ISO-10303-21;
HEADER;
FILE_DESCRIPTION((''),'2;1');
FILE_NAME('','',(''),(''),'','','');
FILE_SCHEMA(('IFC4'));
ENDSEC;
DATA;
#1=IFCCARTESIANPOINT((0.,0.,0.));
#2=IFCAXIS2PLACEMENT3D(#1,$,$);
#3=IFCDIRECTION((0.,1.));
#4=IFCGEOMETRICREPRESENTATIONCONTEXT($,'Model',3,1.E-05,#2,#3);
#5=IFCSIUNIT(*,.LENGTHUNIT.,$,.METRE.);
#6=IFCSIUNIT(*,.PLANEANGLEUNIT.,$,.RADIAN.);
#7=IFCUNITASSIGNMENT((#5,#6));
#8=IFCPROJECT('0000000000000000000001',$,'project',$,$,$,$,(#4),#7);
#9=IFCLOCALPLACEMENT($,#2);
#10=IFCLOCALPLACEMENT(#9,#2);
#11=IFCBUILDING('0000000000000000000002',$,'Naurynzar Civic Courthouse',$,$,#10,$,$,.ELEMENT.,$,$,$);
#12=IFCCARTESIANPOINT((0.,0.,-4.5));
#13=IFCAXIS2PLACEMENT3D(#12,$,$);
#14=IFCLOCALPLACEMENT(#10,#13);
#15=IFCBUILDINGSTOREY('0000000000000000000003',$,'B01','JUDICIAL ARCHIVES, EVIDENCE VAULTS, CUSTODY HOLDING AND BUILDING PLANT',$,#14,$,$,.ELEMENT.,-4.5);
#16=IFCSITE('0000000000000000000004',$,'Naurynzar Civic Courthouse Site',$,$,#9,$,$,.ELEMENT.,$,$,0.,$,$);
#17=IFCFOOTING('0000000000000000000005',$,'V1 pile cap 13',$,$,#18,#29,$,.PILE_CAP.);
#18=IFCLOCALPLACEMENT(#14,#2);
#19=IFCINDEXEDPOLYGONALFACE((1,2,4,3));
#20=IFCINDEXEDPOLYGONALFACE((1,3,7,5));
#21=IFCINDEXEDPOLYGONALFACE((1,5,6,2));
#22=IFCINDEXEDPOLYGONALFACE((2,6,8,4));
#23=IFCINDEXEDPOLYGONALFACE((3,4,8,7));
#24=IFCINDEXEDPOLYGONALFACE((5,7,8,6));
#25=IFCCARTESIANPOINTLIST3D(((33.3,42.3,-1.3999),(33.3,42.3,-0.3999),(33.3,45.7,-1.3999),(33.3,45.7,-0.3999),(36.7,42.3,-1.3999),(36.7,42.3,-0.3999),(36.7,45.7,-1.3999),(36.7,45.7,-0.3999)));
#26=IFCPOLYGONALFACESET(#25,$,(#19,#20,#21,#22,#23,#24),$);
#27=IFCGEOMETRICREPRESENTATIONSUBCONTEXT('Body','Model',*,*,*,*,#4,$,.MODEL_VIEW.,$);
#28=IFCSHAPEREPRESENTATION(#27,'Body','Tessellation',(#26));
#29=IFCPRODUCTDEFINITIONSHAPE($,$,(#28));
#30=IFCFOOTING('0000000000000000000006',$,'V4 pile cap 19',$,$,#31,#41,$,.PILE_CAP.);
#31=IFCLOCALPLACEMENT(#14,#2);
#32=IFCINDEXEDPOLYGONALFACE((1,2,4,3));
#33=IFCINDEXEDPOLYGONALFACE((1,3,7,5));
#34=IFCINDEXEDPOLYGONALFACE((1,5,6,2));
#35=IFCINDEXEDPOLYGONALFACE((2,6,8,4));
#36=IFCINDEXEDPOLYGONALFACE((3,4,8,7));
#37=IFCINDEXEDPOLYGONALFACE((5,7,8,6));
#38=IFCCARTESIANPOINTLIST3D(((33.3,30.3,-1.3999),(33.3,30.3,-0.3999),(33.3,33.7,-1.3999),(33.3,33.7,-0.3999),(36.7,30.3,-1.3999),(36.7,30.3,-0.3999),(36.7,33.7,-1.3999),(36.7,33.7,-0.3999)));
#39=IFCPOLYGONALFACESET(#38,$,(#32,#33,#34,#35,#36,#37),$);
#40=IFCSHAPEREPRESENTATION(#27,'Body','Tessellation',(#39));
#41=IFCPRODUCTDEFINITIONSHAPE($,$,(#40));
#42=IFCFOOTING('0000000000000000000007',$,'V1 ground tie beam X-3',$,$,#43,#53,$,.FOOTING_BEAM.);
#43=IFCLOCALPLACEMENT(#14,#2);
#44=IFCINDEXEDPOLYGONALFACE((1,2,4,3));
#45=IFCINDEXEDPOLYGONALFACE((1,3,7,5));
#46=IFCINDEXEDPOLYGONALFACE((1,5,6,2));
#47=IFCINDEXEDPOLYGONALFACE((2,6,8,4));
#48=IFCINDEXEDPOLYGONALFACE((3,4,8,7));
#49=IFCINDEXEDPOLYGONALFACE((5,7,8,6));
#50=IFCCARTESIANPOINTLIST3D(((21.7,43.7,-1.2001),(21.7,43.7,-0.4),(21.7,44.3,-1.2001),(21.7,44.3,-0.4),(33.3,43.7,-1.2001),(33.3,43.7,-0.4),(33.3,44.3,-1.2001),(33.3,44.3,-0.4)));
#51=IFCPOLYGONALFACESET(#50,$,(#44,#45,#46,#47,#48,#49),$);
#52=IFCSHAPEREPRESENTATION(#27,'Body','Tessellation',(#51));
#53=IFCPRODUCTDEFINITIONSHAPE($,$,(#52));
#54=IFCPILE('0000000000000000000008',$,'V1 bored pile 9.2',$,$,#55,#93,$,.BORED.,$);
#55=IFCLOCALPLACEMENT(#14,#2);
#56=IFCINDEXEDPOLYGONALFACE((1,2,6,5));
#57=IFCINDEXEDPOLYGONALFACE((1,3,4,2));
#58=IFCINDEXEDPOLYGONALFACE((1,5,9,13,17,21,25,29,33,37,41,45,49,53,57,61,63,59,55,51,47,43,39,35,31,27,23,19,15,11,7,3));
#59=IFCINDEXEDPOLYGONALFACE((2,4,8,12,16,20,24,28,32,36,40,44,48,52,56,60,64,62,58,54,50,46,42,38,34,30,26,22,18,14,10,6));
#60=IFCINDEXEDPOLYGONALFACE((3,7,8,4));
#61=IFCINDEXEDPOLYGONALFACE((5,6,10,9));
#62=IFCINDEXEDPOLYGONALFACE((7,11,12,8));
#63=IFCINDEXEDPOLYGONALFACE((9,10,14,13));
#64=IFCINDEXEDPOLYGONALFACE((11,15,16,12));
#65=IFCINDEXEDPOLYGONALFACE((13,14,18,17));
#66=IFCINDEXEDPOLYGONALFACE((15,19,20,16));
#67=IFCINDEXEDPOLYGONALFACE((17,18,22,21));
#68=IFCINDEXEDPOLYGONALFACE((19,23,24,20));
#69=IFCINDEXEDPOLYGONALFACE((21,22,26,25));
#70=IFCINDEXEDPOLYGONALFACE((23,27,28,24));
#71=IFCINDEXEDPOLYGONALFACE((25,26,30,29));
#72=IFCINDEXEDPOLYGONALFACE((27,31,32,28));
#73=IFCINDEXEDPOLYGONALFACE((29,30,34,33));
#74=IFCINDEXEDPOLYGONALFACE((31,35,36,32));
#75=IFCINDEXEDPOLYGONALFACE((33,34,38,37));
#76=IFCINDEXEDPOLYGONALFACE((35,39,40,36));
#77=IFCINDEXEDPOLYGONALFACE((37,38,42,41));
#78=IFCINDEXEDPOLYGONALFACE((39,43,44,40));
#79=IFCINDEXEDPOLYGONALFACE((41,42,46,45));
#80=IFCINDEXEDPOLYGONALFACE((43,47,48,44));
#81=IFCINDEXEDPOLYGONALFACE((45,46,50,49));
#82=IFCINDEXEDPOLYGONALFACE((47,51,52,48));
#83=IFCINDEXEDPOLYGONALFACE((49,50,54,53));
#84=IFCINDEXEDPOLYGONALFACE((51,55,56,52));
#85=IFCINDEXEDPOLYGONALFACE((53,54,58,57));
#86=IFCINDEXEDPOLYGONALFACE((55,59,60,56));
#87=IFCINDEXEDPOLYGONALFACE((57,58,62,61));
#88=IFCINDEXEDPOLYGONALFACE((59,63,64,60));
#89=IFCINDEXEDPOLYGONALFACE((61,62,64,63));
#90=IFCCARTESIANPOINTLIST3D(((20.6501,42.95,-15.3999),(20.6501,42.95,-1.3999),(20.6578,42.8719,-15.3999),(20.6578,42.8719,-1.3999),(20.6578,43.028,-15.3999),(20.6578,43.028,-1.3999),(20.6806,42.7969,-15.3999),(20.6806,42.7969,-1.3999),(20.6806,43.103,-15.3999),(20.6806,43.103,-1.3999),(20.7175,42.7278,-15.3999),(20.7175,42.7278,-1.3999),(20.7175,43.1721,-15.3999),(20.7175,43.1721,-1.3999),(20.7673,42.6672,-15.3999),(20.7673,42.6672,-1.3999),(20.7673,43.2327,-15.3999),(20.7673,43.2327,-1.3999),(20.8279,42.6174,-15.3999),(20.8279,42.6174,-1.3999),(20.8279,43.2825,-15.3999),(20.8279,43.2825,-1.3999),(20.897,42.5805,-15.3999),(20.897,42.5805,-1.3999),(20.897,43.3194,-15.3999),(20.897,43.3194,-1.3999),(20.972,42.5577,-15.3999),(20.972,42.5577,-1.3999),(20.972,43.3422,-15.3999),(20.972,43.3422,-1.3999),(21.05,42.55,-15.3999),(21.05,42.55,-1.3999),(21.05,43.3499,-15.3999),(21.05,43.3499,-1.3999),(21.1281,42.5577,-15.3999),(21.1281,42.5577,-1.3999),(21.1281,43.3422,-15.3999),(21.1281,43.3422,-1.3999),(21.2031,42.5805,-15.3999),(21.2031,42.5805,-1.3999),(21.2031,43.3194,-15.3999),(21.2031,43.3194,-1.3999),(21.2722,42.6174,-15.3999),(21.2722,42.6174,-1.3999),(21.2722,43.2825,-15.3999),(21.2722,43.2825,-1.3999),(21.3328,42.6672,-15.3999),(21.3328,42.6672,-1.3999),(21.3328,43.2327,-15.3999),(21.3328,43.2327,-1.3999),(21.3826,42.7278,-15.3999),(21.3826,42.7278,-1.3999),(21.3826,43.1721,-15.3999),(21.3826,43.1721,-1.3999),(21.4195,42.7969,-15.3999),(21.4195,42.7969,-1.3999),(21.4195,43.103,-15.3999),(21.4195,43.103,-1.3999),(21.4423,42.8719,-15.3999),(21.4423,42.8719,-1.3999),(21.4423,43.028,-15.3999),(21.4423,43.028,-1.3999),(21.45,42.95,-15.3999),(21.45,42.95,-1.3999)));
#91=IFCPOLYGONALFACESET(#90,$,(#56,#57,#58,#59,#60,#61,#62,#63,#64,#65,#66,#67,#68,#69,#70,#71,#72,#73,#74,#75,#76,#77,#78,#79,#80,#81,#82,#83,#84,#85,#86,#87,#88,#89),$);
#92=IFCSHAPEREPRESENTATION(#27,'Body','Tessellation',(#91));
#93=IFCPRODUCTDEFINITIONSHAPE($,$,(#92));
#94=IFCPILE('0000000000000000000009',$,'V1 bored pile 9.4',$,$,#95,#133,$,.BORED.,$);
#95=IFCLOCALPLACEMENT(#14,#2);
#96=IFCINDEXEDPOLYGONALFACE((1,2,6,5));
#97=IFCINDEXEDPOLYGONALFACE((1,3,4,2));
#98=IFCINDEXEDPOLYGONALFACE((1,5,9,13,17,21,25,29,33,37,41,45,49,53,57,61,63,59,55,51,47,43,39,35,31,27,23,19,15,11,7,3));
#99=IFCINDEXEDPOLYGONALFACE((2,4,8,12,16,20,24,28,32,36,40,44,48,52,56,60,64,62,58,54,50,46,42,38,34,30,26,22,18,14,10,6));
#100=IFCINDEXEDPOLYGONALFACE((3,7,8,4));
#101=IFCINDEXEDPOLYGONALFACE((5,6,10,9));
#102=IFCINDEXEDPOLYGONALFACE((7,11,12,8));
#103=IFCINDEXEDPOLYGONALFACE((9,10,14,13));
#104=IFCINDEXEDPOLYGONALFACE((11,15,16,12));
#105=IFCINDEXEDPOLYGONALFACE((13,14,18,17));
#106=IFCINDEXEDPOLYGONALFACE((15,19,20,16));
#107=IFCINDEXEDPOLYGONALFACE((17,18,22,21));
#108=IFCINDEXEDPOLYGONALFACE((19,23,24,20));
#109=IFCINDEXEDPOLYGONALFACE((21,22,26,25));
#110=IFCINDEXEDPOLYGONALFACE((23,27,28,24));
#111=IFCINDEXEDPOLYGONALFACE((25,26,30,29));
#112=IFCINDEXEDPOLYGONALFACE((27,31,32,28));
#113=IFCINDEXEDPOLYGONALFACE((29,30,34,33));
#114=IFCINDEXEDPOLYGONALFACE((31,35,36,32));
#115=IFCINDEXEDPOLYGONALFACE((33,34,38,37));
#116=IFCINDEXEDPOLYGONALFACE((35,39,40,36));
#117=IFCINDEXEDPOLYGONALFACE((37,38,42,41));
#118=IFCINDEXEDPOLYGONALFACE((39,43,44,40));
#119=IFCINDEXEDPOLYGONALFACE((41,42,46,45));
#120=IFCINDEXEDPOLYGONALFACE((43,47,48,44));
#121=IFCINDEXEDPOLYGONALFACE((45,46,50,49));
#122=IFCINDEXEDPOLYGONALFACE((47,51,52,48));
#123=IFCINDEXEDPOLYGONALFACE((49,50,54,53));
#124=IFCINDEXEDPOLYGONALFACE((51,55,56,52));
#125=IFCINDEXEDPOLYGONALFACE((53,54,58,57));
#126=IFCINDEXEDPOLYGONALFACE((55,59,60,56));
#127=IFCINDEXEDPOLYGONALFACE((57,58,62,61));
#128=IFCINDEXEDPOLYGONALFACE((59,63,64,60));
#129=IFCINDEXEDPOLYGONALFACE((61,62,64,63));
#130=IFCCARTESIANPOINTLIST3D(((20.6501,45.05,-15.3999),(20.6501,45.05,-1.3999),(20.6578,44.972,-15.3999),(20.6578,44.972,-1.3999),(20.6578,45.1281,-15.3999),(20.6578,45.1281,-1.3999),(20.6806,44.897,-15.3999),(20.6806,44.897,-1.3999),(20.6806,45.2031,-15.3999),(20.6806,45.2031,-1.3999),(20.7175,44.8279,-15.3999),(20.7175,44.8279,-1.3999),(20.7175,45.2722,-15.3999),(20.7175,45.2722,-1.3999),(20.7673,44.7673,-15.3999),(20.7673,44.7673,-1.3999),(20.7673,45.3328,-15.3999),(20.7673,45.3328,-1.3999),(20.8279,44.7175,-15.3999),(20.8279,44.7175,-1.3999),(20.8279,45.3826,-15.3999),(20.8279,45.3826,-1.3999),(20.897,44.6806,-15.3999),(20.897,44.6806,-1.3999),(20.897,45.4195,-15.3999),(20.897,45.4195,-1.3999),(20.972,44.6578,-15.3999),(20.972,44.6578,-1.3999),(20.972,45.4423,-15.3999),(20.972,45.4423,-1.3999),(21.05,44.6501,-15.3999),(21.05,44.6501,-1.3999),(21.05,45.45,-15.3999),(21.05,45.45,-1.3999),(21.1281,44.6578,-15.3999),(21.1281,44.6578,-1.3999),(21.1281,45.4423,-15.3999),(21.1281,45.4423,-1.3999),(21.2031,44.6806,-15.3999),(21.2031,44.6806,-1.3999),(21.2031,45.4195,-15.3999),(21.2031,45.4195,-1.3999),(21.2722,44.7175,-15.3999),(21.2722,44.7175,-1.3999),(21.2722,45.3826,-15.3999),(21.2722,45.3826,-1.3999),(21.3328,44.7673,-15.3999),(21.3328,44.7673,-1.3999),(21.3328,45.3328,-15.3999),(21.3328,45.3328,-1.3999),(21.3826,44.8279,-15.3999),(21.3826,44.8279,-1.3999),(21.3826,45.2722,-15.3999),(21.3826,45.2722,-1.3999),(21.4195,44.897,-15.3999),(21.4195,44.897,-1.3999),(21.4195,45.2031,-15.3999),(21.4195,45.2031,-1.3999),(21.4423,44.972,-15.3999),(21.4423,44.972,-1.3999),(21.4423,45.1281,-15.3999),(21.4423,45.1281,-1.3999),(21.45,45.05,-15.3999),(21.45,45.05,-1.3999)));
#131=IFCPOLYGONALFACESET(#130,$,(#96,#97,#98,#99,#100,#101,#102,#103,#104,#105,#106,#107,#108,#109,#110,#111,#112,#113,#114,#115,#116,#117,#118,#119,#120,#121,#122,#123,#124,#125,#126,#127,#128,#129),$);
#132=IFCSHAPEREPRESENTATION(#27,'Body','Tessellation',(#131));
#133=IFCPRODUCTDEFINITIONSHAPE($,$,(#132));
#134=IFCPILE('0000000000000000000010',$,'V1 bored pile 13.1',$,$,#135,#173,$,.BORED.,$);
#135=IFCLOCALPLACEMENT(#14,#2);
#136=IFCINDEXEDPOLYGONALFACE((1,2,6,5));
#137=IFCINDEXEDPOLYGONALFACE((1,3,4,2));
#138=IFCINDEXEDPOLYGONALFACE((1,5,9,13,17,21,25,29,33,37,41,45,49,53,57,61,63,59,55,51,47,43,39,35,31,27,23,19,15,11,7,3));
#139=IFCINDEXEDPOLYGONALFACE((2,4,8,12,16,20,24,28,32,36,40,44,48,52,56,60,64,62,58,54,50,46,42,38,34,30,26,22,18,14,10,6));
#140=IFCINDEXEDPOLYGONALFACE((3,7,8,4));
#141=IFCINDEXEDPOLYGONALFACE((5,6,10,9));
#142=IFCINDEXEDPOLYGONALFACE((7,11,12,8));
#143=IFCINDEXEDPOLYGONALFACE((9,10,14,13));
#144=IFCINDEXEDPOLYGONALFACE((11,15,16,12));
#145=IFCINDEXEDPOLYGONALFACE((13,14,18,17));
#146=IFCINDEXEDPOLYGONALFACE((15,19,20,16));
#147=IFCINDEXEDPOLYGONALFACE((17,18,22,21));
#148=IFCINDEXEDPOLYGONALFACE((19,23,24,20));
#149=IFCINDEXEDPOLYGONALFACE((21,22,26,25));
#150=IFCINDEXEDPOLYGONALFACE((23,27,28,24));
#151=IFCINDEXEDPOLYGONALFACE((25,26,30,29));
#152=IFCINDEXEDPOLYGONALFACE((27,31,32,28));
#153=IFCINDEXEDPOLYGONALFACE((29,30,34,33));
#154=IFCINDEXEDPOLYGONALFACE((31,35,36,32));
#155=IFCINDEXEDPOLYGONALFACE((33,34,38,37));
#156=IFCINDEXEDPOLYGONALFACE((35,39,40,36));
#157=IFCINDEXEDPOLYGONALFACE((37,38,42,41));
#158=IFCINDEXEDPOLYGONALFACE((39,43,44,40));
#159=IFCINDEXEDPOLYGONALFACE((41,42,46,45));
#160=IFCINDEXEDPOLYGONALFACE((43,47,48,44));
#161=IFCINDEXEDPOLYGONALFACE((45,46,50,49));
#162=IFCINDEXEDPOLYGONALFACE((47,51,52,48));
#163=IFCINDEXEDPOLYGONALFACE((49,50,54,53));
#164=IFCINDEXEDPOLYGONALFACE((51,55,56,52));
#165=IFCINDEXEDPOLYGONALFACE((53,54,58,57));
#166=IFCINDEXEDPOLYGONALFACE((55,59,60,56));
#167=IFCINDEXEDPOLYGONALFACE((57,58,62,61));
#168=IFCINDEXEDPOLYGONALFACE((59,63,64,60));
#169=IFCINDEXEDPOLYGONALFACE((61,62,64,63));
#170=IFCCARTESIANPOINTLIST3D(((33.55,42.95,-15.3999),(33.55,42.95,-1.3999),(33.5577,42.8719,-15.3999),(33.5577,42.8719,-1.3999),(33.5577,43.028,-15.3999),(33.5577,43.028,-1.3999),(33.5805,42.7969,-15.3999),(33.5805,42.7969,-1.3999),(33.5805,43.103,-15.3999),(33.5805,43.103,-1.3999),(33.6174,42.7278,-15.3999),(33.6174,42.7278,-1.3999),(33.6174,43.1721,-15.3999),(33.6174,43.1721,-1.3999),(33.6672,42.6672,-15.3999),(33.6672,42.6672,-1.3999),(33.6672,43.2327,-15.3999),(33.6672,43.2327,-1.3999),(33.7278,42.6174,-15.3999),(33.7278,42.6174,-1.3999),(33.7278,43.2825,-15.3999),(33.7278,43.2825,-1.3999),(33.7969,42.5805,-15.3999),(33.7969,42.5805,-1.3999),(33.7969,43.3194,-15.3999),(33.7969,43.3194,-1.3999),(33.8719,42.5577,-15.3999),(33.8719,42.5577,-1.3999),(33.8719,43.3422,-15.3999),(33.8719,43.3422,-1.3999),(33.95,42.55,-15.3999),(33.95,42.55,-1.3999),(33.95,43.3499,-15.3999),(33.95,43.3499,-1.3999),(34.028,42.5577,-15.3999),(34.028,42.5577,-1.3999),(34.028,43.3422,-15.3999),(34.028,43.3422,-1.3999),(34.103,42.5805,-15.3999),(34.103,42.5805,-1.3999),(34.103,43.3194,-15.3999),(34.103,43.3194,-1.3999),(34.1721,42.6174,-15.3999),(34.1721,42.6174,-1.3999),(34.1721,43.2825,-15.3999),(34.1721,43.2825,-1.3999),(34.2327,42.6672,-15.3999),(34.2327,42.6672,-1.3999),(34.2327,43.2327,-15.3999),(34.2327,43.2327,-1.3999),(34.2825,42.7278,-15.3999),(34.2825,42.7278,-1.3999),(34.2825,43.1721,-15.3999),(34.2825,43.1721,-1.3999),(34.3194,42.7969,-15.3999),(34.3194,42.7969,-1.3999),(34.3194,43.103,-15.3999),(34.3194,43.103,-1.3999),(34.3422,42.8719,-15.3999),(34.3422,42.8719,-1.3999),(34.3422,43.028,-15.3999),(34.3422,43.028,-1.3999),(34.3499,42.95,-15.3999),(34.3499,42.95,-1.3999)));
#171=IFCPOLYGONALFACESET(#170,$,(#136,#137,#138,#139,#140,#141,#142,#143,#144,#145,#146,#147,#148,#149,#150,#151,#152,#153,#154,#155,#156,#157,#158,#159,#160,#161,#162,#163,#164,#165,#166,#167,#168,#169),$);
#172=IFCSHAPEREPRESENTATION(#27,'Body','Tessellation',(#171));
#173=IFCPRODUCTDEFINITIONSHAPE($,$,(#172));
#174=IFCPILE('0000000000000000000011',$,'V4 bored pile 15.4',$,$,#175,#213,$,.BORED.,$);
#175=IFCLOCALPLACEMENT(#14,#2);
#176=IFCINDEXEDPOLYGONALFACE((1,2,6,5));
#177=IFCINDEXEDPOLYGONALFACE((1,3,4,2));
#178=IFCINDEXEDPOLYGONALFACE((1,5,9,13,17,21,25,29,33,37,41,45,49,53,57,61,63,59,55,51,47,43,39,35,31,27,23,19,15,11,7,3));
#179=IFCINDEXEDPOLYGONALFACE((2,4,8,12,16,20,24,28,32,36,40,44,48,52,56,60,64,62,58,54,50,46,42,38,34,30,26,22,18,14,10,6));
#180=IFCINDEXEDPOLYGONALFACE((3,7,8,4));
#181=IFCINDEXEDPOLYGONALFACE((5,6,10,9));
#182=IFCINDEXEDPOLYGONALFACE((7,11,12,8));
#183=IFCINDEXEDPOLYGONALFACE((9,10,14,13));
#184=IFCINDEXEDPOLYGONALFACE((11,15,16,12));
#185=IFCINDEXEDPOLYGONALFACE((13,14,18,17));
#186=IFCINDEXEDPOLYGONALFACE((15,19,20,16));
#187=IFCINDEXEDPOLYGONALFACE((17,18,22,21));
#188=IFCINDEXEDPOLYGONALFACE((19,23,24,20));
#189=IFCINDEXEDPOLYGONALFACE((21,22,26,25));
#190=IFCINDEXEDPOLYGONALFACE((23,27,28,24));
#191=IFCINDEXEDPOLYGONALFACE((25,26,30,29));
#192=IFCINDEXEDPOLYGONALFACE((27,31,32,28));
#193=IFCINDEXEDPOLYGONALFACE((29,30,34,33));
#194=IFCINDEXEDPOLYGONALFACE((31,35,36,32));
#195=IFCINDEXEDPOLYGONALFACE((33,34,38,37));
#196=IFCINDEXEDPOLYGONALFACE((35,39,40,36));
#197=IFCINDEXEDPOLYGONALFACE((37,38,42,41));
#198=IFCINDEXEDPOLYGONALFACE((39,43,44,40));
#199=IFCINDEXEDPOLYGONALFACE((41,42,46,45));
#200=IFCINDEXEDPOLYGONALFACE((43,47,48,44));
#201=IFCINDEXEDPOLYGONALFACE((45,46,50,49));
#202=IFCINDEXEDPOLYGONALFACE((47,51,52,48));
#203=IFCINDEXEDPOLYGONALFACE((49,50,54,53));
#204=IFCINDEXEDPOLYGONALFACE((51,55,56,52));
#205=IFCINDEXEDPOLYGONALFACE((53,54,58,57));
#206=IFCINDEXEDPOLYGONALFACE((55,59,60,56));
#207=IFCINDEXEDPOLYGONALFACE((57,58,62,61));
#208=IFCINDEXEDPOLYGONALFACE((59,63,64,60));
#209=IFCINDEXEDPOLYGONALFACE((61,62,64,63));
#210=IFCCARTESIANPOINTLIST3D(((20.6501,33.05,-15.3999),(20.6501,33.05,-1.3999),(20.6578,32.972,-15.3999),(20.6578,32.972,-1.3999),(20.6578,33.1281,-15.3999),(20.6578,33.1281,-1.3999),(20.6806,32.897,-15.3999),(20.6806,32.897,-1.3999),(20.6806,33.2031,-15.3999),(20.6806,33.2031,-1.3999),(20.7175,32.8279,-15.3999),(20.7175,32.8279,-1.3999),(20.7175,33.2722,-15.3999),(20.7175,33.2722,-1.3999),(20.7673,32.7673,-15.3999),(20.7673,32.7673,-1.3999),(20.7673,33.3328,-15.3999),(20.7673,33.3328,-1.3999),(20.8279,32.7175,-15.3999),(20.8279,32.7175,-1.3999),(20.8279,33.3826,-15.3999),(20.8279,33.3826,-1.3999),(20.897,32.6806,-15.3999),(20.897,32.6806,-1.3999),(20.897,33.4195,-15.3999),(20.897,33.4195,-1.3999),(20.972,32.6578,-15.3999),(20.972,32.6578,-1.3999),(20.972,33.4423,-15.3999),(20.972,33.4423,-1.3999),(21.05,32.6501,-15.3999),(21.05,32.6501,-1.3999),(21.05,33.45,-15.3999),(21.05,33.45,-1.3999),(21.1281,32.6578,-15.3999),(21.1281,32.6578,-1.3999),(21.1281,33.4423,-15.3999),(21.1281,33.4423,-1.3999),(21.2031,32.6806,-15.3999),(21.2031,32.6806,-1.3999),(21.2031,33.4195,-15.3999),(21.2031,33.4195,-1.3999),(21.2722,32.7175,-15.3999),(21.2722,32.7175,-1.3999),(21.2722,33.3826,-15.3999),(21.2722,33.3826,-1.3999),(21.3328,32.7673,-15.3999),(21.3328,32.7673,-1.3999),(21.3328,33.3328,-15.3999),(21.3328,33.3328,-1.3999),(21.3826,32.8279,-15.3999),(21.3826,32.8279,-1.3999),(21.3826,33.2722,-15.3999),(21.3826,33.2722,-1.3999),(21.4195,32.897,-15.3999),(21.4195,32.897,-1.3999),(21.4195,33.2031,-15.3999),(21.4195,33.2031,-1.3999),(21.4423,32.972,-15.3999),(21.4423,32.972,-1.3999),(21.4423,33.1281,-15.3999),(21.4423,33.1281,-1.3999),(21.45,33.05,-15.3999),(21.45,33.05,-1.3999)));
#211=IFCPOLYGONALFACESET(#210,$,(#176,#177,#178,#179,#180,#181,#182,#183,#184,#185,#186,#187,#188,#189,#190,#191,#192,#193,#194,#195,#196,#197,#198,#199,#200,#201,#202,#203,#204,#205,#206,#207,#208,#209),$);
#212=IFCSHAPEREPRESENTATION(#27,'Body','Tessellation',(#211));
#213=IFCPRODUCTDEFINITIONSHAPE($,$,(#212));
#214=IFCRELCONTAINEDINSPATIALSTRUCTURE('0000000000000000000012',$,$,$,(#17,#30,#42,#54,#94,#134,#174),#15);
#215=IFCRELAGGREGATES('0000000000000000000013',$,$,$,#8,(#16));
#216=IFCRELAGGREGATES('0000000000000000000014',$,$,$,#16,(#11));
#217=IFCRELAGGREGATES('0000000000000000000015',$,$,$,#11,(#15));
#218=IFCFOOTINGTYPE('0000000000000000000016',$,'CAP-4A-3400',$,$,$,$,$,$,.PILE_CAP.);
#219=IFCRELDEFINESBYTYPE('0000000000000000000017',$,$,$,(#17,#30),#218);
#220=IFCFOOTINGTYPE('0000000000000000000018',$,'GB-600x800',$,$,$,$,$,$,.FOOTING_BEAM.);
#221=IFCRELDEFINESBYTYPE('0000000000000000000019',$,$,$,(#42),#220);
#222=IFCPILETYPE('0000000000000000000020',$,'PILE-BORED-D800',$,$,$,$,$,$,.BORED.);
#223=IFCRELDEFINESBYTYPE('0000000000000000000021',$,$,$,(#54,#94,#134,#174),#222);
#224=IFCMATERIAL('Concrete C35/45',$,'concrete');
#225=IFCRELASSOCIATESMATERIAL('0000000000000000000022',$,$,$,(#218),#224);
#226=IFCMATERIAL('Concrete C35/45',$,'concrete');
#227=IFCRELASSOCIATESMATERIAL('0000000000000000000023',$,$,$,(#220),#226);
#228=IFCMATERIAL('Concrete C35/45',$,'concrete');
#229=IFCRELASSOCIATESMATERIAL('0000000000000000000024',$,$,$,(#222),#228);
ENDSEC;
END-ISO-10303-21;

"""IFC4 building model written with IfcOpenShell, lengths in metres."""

from ifc_helpers import new_model, si_unit, direction, frame, origin, origin_2d, place, context, subcontext, project, spatial, rectangle, circle, extrude, material, material_profile, profile_set, type_object, element, save


model = new_model("IFC4")

# Units and contexts
model_context = context("Model", 3, precision=1e-05, world=origin(), true_north=direction((0.0, 1.0)))
body_context = subcontext(model_context, "Body", "Model", "MODEL_VIEW")
ifc_project = project(units=[si_unit("LENGTHUNIT", "METRE"), si_unit("PLANEANGLEUNIT", "RADIAN")], contexts=[model_context])

# Site, building, storey
site_placement = place(None, origin())
site = spatial("IfcSite", under=ifc_project, at=site_placement, Name="Naurynzar Civic Courthouse Site", CompositionType="ELEMENT", RefElevation=0.0)
building_placement = place(site_placement, origin())
building = spatial("IfcBuilding", under=site, at=building_placement, Name="Naurynzar Civic Courthouse", CompositionType="ELEMENT")
storey_placement = place(building_placement, frame((0.0, 0.0, -4.5)))
storey = spatial("IfcBuildingStorey", under=building, at=storey_placement, Name="B01", Description="JUDICIAL ARCHIVES, EVIDENCE VAULTS, CUSTODY HOLDING AND BUILDING PLANT", CompositionType="ELEMENT", Elevation=-4.5)

# Footings
ifc_material_1 = material(Name="Concrete C35/45", Category="concrete")
footing_type_1 = type_object("IfcFootingType", Name="CAP-4A-3400", PredefinedType="PILE_CAP", material=ifc_material_1)
for number, where, z_axis, x_axis, name in (
    (1, (35.0, 44.0, -1.3999), (0.0, 0.0, 1.0), (1.0, 0.0, 0.0), "V1 pile cap 13"),
    (2, (35.0, 32.0, -1.3999), (0.0, 0.0, 1.0), (1.0, 0.0, 0.0), "V4 pile cap 19"),
):
    element("IfcFooting", number, at=place(storey_placement, frame(where, z_axis=z_axis, x_axis=x_axis)), inside=storey, type_object=footing_type_1, Name=name, PredefinedType="PILE_CAP", context=body_context, shape_type="SweptSolid", body=[
        extrude(rectangle(XDim=3.3999, YDim=3.3999, at=origin_2d()), origin(), (0.0, 0.0, 1.0), 1.0),
    ])
ifc_material_2 = material(Name="Concrete C35/45", Category="concrete")
ifc_material_profile_1 = material_profile(ifc_material_2, rectangle(XDim=0.6001, YDim=0.8, at=origin_2d()), Name="GB 600x800")
ifc_profile_set_1 = profile_set([ifc_material_profile_1], Name="Concrete C35/45")
footing_type_2 = type_object("IfcFootingType", Name="GB-600x800", PredefinedType="FOOTING_BEAM", material=ifc_profile_set_1)
footing_placement = place(storey_placement, frame((21.7, 44.0, -0.8), z_axis=(1.0, 0.0, 0.0), x_axis=(0.0, 1.0, 0.0)))
element("IfcFooting", 3, at=footing_placement, inside=storey, type_object=footing_type_2, Name="V1 ground tie beam X-3", PredefinedType="FOOTING_BEAM", context=body_context, shape_type="SweptSolid", body=[
    extrude(rectangle(XDim=0.6001, YDim=0.8, at=origin_2d()), origin(), (0.0, 0.0, 1.0), 11.6001),
])

# Piles
ifc_material_3 = material(Name="Concrete C35/45", Category="concrete")
ifc_material_profile_2 = material_profile(ifc_material_3, circle(Radius=0.3999, at=origin_2d()), Name="PILE D800")
ifc_profile_set_2 = profile_set([ifc_material_profile_2], Name="Concrete C35/45")
pile_type = type_object("IfcPileType", Name="PILE-BORED-D800", PredefinedType="BORED", material=ifc_profile_set_2)
for number, where, z_axis, x_axis, name in (
    (4, (21.05, 42.95, -1.3999), (0.0, 0.0, -1.0), (1.0, 0.0, 0.0), "V1 bored pile 9.2"),
    (5, (21.05, 45.05, -1.3999), (0.0, 0.0, -1.0), (1.0, 0.0, 0.0), "V1 bored pile 9.4"),
    (6, (33.95, 42.95, -1.3999), (0.0, 0.0, -1.0), (1.0, 0.0, 0.0), "V1 bored pile 13.1"),
    (7, (21.05, 33.05, -1.3999), (0.0, 0.0, -1.0), (1.0, 0.0, 0.0), "V4 bored pile 15.4"),
):
    element("IfcPile", number, at=place(storey_placement, frame(where, z_axis=z_axis, x_axis=x_axis)), inside=storey, type_object=pile_type, Name=name, PredefinedType="BORED", context=body_context, shape_type="SweptSolid", body=[
        extrude(circle(Radius=0.3999, at=origin_2d()), origin(), (0.0, 0.0, 1.0), 14.0),
    ])

save(model, "model.ifc")
